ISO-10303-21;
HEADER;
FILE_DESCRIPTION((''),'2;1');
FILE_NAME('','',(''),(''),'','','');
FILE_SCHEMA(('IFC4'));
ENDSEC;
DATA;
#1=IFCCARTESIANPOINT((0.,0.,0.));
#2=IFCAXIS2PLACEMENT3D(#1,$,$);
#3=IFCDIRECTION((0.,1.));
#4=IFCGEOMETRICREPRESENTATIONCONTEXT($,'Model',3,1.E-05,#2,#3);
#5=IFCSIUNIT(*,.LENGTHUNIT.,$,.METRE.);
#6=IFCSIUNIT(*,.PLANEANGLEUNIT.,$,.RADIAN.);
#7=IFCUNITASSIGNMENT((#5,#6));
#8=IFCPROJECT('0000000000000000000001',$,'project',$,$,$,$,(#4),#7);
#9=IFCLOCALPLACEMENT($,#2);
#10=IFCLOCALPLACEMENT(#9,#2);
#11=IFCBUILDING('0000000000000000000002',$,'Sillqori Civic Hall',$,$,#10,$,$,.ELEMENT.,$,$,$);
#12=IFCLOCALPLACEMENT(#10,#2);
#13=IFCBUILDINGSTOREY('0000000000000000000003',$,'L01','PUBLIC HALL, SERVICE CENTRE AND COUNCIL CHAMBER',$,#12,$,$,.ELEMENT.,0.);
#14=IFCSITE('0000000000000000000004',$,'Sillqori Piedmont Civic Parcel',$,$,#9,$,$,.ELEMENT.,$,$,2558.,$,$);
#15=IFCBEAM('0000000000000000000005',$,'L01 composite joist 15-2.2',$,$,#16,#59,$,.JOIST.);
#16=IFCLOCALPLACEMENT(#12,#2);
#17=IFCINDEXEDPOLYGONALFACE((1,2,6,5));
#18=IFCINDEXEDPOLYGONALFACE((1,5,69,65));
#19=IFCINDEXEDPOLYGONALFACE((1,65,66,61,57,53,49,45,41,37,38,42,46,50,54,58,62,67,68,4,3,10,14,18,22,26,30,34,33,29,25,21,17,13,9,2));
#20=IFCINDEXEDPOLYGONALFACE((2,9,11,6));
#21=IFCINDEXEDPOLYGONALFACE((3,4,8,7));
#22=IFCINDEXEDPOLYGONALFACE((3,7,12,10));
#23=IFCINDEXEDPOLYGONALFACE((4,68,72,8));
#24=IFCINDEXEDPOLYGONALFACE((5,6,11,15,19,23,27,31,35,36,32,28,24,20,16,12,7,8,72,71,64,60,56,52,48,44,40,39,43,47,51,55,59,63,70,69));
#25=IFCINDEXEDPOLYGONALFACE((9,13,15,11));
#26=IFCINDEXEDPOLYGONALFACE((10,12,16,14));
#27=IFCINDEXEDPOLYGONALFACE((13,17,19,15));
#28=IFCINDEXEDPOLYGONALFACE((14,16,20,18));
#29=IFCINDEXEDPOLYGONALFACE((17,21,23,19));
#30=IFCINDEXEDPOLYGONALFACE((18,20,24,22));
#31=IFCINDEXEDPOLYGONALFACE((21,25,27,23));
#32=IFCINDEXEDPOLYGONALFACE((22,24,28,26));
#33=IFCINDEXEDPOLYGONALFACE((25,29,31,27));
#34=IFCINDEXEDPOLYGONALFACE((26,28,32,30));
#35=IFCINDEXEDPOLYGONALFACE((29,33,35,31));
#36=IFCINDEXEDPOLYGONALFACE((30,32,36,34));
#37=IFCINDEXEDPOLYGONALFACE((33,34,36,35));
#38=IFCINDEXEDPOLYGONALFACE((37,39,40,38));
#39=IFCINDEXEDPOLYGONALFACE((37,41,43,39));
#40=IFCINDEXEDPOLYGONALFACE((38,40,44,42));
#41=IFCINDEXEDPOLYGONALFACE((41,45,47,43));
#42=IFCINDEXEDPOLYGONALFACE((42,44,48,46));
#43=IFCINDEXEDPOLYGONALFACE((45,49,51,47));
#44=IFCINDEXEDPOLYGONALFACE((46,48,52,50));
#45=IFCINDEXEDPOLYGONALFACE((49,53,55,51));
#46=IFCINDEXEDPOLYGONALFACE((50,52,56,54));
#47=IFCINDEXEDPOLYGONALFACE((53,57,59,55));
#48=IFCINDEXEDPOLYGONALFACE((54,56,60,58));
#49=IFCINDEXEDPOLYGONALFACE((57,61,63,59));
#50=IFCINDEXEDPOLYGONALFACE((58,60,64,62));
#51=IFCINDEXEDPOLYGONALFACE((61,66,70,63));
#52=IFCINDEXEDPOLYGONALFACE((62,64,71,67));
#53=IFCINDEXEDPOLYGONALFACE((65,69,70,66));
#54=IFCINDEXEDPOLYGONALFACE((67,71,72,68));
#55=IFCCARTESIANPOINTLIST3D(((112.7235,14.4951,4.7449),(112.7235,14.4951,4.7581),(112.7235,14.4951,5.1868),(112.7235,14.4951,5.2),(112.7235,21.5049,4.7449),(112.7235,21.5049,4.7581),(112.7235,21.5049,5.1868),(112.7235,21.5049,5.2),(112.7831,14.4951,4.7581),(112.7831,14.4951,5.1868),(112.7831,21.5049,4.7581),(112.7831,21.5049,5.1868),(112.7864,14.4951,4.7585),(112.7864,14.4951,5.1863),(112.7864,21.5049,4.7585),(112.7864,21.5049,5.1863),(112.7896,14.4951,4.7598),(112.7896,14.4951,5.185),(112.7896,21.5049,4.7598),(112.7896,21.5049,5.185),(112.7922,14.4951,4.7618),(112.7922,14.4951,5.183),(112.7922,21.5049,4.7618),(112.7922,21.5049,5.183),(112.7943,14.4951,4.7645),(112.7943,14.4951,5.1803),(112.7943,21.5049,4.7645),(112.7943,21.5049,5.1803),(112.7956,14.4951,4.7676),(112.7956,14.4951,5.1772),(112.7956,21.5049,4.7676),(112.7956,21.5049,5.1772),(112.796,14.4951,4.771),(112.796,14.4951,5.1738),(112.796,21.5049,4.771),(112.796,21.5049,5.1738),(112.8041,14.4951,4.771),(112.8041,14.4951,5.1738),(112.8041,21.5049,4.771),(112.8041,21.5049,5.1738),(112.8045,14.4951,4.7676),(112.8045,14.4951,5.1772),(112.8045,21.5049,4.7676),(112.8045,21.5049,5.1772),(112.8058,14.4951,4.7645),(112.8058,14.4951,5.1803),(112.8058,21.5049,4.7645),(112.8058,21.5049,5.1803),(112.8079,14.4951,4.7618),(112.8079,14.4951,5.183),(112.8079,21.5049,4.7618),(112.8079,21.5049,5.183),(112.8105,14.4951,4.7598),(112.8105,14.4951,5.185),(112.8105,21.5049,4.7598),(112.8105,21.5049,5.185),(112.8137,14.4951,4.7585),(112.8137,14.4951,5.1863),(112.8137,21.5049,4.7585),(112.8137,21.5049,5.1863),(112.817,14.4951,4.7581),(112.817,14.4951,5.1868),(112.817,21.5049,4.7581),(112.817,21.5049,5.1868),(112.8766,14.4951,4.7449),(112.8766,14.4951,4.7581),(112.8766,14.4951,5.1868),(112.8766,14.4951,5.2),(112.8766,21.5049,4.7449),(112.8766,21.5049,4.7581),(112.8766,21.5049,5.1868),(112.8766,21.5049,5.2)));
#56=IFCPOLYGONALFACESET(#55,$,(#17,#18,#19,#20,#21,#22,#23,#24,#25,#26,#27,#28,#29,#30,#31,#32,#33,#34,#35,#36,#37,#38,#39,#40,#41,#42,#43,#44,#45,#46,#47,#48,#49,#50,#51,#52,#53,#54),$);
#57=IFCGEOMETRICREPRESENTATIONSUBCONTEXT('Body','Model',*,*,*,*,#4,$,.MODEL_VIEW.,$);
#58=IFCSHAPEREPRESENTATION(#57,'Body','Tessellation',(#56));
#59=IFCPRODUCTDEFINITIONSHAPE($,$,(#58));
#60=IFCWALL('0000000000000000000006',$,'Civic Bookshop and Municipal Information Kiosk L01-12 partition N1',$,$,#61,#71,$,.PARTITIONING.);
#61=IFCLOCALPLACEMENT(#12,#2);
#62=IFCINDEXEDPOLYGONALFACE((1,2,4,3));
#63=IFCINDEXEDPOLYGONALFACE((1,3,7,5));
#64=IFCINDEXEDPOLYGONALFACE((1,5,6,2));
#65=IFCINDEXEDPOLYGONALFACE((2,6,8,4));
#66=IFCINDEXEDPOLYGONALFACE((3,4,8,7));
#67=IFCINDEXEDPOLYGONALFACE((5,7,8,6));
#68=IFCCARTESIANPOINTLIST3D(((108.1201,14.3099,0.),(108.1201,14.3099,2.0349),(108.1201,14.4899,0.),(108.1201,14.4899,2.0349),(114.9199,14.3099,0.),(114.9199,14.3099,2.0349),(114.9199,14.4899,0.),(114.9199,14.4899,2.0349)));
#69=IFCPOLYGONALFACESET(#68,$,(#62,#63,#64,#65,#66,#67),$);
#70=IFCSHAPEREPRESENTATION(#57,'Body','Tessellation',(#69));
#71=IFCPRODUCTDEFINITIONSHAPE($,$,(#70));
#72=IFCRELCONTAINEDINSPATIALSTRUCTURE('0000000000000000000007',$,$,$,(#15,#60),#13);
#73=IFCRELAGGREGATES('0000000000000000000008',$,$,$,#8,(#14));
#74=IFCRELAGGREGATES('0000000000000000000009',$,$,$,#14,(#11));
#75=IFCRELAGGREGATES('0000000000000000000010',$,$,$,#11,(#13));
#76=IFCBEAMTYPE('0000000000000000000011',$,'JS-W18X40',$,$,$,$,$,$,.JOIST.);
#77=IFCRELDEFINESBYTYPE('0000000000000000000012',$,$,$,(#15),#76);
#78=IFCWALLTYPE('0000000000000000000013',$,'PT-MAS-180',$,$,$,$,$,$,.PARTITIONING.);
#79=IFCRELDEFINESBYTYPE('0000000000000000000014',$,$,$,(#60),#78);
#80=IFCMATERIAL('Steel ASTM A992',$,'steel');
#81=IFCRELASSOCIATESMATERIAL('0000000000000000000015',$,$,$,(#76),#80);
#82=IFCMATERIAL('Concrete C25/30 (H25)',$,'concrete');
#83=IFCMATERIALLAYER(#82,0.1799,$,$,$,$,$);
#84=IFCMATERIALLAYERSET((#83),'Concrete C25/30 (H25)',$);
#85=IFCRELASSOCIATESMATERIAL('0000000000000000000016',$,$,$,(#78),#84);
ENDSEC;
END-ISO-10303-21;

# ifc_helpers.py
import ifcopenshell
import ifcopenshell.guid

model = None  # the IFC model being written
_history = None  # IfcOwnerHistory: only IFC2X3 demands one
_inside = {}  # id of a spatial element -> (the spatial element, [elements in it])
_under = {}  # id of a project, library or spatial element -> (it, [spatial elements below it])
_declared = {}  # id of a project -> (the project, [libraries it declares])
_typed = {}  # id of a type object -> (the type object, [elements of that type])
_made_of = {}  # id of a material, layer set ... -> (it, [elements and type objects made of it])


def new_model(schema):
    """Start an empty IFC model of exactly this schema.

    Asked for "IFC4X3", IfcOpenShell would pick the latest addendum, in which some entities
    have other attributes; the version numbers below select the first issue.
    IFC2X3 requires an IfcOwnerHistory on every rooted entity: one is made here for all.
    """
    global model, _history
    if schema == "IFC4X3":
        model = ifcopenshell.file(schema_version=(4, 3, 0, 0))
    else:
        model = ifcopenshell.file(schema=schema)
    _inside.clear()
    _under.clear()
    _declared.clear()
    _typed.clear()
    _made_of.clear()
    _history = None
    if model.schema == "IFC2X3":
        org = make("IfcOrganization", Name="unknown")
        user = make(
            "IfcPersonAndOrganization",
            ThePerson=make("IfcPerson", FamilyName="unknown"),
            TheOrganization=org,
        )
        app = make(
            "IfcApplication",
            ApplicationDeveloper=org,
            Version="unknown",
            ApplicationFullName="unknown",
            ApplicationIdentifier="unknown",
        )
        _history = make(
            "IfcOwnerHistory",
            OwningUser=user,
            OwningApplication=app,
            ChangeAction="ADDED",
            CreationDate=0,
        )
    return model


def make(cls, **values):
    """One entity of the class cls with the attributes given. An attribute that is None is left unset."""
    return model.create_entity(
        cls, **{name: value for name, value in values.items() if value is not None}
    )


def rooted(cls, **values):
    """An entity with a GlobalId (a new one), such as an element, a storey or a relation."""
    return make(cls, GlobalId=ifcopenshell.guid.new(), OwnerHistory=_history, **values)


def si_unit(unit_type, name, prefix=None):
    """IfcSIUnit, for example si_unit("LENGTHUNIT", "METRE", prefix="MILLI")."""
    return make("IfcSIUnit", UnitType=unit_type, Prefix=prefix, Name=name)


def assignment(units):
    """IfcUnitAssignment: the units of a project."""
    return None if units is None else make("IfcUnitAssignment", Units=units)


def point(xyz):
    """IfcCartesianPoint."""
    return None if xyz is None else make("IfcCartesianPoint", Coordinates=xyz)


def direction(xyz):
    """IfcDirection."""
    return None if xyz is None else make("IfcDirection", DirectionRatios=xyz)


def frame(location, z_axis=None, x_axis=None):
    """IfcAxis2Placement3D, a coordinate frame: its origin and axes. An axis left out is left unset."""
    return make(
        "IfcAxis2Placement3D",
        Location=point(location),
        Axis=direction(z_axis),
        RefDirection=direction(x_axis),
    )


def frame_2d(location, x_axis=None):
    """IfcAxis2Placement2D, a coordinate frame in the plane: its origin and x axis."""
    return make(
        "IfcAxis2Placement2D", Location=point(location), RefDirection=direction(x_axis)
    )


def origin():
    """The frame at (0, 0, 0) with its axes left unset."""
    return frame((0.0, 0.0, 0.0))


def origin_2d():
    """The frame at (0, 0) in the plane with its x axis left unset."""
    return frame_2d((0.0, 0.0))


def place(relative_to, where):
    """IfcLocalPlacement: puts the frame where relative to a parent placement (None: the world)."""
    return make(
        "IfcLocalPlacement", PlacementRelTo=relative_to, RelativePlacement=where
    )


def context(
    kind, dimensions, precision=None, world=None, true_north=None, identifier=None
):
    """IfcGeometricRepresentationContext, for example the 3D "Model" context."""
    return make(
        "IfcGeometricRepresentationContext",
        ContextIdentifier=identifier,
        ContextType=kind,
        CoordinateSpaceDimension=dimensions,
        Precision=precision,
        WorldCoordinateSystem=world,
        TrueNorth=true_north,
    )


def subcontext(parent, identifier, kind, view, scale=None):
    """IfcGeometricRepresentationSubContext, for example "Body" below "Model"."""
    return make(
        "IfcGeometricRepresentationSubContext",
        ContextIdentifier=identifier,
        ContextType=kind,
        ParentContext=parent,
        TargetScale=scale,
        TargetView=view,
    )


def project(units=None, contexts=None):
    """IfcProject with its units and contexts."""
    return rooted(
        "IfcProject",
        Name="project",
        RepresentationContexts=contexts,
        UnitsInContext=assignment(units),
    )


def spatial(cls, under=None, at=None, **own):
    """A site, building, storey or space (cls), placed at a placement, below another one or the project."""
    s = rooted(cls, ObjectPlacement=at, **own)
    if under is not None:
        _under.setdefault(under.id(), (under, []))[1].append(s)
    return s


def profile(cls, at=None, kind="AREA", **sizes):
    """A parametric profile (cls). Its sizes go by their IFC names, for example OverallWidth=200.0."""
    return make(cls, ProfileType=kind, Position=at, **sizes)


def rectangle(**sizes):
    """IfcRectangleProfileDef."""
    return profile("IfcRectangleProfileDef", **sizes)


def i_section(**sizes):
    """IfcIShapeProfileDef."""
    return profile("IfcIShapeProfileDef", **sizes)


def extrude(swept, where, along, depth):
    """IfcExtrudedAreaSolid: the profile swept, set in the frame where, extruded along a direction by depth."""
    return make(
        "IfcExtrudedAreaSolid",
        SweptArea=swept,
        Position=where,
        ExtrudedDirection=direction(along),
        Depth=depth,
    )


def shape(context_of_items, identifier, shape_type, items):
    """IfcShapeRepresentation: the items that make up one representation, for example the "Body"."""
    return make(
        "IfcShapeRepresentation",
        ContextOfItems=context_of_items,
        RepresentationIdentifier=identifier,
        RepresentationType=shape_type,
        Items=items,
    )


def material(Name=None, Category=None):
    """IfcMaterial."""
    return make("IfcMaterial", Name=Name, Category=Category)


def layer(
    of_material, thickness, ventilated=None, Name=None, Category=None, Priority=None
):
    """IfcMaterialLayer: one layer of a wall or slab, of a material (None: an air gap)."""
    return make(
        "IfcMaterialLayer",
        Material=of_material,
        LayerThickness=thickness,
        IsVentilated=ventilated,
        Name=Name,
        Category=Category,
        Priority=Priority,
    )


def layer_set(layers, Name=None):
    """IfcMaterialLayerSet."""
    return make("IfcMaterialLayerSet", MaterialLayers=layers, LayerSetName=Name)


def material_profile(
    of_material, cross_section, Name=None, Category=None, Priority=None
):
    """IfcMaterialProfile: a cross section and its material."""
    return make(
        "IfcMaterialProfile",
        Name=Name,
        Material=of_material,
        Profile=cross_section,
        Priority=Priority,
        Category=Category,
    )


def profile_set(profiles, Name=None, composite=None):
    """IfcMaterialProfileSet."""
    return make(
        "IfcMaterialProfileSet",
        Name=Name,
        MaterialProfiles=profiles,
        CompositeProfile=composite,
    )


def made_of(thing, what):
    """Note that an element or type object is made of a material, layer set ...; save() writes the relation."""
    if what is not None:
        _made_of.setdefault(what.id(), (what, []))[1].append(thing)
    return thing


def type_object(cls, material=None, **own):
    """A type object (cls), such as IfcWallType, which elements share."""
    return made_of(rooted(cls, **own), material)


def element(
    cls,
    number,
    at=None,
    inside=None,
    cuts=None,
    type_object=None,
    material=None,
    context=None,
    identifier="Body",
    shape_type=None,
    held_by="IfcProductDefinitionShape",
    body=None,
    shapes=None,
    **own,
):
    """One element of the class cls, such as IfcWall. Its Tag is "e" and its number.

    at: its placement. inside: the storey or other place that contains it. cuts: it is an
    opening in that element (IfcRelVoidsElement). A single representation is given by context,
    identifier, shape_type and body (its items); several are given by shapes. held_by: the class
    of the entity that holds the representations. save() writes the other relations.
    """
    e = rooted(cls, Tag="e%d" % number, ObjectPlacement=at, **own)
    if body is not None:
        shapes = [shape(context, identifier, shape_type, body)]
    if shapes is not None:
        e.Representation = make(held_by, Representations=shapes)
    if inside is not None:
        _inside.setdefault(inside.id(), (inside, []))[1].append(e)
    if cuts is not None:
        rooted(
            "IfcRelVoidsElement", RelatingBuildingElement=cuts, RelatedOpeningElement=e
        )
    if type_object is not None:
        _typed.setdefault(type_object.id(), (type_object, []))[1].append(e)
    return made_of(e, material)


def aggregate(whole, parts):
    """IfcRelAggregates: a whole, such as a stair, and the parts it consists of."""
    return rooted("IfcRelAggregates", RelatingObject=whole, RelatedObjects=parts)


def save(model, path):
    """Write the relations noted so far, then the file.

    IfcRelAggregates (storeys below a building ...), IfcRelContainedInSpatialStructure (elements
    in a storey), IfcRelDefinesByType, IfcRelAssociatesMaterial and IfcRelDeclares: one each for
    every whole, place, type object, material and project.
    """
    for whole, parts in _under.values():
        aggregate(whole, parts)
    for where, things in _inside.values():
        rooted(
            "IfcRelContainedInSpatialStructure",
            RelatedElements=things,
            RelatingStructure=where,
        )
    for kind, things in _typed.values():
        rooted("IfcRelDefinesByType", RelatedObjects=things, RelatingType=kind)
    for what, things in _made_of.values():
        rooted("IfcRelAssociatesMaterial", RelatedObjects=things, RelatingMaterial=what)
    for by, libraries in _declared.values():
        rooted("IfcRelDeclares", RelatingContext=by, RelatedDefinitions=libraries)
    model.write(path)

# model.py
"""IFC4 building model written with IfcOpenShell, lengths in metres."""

from ifc_helpers import new_model, si_unit, direction, frame, frame_2d, origin, origin_2d, place, context, subcontext, project, spatial, rectangle, i_section, extrude, material, layer, layer_set, material_profile, profile_set, type_object, element, save


model = new_model("IFC4")

# Units and contexts
model_context = context("Model", 3, precision=1e-05, world=origin(), true_north=direction((0.0, 1.0)))
body_context = subcontext(model_context, "Body", "Model", "MODEL_VIEW")
ifc_project = project(units=[si_unit("LENGTHUNIT", "METRE"), si_unit("PLANEANGLEUNIT", "RADIAN")], contexts=[model_context])

# Site, building, storey
site_placement = place(None, origin())
site = spatial("IfcSite", under=ifc_project, at=site_placement, Name="Sillqori Piedmont Civic Parcel", CompositionType="ELEMENT", RefElevation=2558.0)
building_placement = place(site_placement, origin())
building = spatial("IfcBuilding", under=site, at=building_placement, Name="Sillqori Civic Hall", CompositionType="ELEMENT")
storey_placement = place(building_placement, origin())
storey = spatial("IfcBuildingStorey", under=building, at=storey_placement, Name="L01", Description="PUBLIC HALL, SERVICE CENTRE AND COUNCIL CHAMBER", CompositionType="ELEMENT", Elevation=0.0)

# Shared definitions
ifc_material_1 = material(Name="Steel ASTM A992", Category="steel")

# Beam
ifc_material_profile_1 = material_profile(ifc_material_1, i_section(OverallWidth=0.1531, OverallDepth=0.4551, WebThickness=0.0081, FlangeThickness=0.0132, FilletRadius=0.0129, at=origin_2d()), Name="W18X40")
ifc_profile_set_1 = profile_set([ifc_material_profile_1], Name="Steel ASTM A992")
beam_type_1 = type_object("IfcBeamType", Name="JS-W18X40", PredefinedType="JOIST", material=ifc_profile_set_1)
for number, where, z_axis, x_axis, name in (
    (1, (112.8, 14.4951, 4.9724), (0.0, 1.0, 0.0), (-1.0, 0.0, 0.0), "L01 composite joist 15-2.2"),
):
    element("IfcBeam", number, at=place(storey_placement, frame(where, z_axis=z_axis, x_axis=x_axis)), inside=storey, type_object=beam_type_1, Name=name, PredefinedType="JOIST", context=body_context, shape_type="SweptSolid", body=[
        extrude(i_section(OverallWidth=0.1531, OverallDepth=0.4551, WebThickness=0.0081, FlangeThickness=0.0132, FilletRadius=0.0129, at=origin_2d()), origin(), (0.0, 0.0, 1.0), 7.0098),
    ])

# Wall
ifc_material_2 = material(Name="Concrete C25/30 (H25)", Category="concrete")
ifc_layer_1 = layer(ifc_material_2, 0.1799)
ifc_layer_set_1 = layer_set([ifc_layer_1], Name="Concrete C25/30 (H25)")
wall_type = type_object("IfcWallType", Name="PT-MAS-180", PredefinedType="PARTITIONING", material=ifc_layer_set_1)
wall_placement = place(storey_placement, frame((108.1201, 14.3999, 0.0), z_axis=(0.0, 0.0, 1.0), x_axis=(1.0, 0.0, 0.0)))
element("IfcWall", 2, at=wall_placement, inside=storey, type_object=wall_type, Name="Civic Bookshop and Municipal Information Kiosk L01-12 partition N1", PredefinedType="PARTITIONING", context=body_context, shape_type="SweptSolid", body=[
    extrude(rectangle(XDim=6.7998, YDim=0.1799, at=frame_2d((3.3999, 0.0))), origin(), (0.0, 0.0, 1.0), 2.0349),
])

save(model, "model.ifc")
